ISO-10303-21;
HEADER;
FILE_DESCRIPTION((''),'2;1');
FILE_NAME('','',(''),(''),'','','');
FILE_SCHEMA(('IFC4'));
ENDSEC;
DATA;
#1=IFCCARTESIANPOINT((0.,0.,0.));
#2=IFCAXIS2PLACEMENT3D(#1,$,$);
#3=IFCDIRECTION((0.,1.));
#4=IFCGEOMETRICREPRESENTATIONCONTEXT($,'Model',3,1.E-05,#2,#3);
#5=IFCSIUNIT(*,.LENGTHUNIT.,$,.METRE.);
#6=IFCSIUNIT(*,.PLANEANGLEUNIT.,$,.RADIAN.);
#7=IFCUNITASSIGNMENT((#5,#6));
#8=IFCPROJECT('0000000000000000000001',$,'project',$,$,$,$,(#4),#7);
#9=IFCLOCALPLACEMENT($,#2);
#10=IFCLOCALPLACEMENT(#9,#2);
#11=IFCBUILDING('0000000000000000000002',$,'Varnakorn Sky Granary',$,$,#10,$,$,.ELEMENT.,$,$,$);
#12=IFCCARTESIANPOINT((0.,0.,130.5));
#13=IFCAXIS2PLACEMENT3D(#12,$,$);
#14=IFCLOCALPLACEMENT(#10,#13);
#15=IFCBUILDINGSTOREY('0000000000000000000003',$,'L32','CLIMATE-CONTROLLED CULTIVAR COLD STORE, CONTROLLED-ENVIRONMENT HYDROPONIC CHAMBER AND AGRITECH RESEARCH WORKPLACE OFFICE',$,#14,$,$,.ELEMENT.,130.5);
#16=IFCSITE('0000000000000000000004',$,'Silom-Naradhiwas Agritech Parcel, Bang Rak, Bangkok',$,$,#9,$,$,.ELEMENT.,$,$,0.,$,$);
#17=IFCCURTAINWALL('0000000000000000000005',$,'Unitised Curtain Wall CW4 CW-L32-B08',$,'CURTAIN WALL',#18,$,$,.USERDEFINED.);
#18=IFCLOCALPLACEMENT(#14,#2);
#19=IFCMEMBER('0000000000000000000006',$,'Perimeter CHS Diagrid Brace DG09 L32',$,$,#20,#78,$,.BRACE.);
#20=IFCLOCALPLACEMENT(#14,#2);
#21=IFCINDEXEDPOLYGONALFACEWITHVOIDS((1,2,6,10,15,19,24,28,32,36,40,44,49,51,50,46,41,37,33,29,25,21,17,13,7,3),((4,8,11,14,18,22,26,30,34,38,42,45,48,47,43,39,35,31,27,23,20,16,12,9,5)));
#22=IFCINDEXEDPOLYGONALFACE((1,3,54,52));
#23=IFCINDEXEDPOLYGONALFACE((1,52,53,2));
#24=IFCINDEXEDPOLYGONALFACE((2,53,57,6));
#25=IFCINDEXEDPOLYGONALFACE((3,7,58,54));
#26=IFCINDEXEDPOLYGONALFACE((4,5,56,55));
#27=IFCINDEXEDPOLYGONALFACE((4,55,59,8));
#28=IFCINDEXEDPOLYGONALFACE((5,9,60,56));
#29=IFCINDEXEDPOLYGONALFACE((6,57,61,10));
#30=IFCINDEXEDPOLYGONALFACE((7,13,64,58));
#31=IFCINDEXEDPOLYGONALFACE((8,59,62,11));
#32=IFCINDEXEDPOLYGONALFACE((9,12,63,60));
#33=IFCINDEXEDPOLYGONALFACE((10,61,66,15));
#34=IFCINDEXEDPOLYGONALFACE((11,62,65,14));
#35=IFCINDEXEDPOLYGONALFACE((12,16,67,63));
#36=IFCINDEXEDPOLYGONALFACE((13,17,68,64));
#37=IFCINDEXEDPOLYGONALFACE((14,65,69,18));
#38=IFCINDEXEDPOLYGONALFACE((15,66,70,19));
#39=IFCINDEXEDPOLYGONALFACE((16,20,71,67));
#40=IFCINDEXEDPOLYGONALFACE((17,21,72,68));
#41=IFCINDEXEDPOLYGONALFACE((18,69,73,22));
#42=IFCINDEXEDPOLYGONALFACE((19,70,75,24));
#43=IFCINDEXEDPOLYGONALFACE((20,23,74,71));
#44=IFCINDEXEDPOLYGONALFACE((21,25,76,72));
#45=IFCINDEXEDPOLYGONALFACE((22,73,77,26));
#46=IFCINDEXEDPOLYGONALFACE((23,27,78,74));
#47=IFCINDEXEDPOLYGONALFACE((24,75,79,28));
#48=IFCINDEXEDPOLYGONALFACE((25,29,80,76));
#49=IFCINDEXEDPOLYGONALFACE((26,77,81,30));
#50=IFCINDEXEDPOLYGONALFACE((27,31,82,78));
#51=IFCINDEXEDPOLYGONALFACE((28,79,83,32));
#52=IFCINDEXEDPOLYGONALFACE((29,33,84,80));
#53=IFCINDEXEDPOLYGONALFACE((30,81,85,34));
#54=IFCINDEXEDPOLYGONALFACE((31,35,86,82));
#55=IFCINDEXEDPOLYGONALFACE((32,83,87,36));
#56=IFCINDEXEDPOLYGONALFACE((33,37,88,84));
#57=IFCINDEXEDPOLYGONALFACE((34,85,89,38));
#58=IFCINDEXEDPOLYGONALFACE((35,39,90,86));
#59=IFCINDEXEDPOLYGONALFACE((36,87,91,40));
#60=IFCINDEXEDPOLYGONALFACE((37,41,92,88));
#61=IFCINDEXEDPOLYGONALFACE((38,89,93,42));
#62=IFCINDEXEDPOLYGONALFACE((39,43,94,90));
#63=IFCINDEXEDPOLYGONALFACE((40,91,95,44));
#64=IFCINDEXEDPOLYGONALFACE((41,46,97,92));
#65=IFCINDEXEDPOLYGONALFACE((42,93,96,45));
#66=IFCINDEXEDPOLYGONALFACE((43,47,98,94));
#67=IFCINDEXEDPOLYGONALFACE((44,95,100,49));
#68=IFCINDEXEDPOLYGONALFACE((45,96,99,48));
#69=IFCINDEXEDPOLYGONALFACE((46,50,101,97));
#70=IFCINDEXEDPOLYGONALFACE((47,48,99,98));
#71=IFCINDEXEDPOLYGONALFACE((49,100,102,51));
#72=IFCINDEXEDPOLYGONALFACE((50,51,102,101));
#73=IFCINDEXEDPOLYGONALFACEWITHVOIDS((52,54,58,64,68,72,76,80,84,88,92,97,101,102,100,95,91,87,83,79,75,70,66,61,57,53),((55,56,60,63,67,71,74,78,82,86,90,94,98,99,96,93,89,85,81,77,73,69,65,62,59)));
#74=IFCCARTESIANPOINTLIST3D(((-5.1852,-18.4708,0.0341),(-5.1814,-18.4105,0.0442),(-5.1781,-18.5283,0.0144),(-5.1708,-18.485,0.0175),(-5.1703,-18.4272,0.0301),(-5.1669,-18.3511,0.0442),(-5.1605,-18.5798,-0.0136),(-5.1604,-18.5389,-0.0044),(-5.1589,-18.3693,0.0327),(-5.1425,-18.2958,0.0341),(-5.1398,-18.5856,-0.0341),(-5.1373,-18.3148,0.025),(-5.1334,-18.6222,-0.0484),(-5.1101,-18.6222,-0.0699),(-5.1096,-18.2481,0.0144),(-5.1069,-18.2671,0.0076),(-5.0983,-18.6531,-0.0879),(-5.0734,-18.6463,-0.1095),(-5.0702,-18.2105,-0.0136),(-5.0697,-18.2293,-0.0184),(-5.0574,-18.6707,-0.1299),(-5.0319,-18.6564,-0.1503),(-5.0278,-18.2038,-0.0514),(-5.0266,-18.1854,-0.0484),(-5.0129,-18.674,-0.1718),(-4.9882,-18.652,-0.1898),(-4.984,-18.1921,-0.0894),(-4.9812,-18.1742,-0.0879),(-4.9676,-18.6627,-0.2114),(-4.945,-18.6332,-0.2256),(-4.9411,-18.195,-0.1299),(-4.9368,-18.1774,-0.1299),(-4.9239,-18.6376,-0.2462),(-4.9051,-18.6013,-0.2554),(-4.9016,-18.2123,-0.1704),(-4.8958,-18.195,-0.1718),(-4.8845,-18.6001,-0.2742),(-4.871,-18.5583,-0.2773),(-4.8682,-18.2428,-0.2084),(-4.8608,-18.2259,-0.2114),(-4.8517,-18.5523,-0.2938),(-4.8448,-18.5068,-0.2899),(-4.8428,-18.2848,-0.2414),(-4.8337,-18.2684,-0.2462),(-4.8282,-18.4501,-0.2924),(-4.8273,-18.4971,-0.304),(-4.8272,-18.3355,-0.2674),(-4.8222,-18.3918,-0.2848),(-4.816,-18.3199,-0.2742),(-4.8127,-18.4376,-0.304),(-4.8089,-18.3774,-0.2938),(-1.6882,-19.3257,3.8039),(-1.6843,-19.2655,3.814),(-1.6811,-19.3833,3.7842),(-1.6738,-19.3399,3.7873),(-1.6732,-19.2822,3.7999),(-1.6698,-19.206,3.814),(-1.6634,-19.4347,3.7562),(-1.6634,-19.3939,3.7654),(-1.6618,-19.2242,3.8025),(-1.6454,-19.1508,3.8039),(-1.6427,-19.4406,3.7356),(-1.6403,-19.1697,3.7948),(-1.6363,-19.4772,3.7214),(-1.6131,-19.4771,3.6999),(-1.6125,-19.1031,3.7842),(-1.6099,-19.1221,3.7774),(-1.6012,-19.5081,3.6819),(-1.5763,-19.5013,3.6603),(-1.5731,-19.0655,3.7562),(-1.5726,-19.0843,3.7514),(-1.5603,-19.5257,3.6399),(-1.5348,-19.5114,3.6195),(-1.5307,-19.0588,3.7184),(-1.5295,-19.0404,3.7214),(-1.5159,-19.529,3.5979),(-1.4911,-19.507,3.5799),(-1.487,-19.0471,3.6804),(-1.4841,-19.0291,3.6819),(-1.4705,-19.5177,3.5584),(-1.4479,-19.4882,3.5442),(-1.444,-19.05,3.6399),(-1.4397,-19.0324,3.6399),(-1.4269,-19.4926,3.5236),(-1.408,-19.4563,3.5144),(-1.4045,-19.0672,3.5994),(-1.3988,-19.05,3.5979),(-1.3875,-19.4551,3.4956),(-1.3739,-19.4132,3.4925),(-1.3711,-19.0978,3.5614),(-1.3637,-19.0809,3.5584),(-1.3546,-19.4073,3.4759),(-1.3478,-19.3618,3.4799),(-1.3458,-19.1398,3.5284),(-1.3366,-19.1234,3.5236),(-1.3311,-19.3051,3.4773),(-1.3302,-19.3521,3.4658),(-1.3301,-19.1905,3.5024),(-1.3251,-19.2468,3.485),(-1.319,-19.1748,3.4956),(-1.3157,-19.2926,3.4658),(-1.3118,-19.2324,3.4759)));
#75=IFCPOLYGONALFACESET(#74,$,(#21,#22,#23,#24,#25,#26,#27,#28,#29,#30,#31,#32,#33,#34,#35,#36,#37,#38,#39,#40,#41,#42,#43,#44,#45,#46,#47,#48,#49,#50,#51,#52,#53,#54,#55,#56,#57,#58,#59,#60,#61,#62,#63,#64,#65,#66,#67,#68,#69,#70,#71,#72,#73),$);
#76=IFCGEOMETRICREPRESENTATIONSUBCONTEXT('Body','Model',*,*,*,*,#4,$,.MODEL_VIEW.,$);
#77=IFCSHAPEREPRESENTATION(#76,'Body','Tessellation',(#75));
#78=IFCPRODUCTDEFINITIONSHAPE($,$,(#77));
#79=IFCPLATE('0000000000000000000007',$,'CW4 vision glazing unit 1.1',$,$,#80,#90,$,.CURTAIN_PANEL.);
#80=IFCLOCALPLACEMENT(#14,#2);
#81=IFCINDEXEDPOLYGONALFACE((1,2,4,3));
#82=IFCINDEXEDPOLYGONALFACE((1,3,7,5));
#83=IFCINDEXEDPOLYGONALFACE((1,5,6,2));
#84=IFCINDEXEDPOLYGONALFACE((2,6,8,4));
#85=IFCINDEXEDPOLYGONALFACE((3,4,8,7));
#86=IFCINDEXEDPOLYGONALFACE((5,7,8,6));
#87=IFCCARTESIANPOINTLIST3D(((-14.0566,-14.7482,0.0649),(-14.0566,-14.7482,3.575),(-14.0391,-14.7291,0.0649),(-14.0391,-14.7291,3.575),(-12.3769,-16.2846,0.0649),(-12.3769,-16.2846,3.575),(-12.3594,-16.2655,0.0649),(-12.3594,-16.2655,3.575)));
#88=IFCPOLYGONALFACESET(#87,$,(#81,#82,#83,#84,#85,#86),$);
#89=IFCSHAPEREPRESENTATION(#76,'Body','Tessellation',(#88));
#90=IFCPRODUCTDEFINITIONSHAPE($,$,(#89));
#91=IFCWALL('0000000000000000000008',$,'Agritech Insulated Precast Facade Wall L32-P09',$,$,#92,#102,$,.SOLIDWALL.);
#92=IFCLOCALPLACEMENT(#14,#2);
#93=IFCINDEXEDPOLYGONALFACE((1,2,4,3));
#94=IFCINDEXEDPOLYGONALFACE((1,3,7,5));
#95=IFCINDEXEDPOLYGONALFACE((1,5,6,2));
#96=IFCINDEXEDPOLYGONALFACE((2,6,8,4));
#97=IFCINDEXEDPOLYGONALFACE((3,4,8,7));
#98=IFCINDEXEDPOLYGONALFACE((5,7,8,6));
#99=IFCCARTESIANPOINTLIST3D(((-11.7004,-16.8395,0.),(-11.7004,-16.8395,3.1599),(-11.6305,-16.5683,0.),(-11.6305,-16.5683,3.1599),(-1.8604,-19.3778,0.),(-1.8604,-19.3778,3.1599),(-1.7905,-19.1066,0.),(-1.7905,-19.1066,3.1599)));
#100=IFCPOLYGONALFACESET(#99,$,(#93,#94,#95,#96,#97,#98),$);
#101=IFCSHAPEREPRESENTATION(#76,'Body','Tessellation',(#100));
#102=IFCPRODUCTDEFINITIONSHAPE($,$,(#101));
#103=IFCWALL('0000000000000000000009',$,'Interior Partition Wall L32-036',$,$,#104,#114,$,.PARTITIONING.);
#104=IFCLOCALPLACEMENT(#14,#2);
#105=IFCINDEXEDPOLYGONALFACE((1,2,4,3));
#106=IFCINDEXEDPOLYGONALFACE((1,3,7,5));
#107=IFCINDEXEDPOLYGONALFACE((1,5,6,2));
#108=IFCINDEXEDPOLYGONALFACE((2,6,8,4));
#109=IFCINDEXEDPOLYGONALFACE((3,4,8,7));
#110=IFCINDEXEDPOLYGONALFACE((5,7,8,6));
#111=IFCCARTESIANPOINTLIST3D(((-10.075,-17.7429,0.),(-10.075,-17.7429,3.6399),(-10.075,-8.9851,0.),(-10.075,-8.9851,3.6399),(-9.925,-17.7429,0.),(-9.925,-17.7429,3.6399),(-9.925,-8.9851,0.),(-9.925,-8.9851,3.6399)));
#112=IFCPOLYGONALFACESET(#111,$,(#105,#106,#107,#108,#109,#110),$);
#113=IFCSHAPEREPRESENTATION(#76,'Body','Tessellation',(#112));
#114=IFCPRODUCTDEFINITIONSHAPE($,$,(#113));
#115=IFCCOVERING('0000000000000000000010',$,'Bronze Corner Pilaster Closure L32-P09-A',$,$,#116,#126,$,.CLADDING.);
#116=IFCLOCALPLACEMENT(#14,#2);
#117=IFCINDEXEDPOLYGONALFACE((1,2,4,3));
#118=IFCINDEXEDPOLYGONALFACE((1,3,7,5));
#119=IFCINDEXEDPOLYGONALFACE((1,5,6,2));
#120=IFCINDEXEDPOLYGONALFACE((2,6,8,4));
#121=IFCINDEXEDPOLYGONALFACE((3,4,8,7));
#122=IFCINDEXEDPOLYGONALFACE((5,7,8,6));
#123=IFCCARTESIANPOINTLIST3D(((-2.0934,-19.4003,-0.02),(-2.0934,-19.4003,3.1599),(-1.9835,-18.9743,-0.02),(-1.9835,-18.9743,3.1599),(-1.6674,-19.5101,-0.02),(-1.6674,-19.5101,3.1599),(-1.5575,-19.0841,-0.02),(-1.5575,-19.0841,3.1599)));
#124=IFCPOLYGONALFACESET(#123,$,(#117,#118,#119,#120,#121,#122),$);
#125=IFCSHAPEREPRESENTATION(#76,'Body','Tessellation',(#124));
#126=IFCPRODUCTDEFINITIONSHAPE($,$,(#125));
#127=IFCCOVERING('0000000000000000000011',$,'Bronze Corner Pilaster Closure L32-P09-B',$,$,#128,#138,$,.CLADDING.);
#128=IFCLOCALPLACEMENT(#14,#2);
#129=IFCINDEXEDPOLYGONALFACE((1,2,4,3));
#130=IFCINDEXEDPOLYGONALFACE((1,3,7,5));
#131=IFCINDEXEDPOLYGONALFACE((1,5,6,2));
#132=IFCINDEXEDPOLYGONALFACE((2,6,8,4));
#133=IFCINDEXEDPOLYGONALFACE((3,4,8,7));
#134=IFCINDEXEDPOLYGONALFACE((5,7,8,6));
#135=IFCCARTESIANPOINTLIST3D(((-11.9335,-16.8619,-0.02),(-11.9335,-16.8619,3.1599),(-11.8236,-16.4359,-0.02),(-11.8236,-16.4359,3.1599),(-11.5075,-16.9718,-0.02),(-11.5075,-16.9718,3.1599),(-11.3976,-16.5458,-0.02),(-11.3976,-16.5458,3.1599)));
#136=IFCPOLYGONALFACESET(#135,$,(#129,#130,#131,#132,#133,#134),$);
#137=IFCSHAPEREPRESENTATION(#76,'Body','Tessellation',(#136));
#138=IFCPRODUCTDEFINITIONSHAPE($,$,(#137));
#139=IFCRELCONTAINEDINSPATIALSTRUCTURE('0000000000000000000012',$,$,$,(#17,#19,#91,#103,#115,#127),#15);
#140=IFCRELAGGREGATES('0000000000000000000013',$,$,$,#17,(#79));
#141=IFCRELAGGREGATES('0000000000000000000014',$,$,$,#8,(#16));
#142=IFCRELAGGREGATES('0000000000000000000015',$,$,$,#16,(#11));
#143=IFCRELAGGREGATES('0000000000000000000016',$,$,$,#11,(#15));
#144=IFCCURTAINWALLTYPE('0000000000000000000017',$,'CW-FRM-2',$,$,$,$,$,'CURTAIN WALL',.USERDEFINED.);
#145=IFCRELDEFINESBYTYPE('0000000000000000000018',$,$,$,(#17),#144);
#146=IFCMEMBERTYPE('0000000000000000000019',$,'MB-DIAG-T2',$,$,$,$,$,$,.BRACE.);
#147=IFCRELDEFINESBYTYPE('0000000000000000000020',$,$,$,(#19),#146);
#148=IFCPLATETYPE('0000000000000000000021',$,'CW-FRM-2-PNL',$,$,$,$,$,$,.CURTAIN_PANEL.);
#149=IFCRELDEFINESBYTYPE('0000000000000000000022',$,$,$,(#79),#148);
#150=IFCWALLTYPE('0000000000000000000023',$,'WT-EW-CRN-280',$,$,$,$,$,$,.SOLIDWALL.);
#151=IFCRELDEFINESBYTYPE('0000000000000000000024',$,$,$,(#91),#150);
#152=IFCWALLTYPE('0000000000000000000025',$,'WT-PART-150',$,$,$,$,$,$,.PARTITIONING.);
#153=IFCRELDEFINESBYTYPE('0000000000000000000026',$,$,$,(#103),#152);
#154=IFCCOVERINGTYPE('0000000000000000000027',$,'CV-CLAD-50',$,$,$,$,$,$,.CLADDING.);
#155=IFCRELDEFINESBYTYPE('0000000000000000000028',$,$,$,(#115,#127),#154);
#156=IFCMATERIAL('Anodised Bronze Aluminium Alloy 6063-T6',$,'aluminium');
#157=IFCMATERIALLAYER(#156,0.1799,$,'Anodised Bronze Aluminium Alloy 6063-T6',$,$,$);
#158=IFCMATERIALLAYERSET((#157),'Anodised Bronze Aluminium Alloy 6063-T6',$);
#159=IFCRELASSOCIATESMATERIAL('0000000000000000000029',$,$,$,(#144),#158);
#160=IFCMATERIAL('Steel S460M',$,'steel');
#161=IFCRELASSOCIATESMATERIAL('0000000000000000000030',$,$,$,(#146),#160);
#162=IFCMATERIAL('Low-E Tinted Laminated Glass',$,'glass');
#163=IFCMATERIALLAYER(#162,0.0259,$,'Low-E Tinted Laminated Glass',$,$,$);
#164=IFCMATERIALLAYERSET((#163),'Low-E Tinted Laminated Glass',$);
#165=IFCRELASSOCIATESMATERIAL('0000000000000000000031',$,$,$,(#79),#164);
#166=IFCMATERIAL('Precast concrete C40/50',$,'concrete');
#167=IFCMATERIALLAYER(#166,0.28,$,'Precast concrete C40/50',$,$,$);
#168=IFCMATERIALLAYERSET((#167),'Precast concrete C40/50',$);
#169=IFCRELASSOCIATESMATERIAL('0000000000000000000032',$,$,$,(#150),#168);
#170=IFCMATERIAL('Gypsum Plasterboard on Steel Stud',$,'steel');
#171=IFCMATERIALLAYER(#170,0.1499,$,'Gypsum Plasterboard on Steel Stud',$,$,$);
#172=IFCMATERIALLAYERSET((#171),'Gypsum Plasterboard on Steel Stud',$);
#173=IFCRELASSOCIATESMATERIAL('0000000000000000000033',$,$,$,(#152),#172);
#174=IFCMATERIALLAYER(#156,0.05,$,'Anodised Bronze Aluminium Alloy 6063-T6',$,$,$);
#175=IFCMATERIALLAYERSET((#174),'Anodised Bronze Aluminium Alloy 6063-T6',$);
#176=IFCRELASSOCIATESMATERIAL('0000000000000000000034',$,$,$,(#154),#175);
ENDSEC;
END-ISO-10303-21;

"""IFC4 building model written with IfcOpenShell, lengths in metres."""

from ifc_helpers import new_model, si_unit, direction, frame, frame_2d, origin, origin_2d, place, context, subcontext, project, spatial, rectangle, hollow_circle, extrude, source, transform, mapped, material, layer, layer_set, material_profile, profile_set, type_object, type_shapes, element, aggregate, save


model = new_model("IFC4")

# Units and contexts
model_context = context("Model", 3, precision=1e-05, world=origin(), true_north=direction((0.0, 1.0)))
body_context = subcontext(model_context, "Body", "Model", "MODEL_VIEW")
ifc_project = project(units=[si_unit("LENGTHUNIT", "METRE"), si_unit("PLANEANGLEUNIT", "RADIAN")], contexts=[model_context])

# Site, building, storey
site_placement = place(None, origin())
site = spatial("IfcSite", under=ifc_project, at=site_placement, Name="Silom-Naradhiwas Agritech Parcel, Bang Rak, Bangkok", CompositionType="ELEMENT", RefElevation=0.0)
building_placement = place(site_placement, origin())
building = spatial("IfcBuilding", under=site, at=building_placement, Name="Varnakorn Sky Granary", CompositionType="ELEMENT")
storey_placement = place(building_placement, frame((0.0, 0.0, 130.5)))
storey = spatial("IfcBuildingStorey", under=building, at=storey_placement, Name="L32", Description="CLIMATE-CONTROLLED CULTIVAR COLD STORE, CONTROLLED-ENVIRONMENT HYDROPONIC CHAMBER AND AGRITECH RESEARCH WORKPLACE OFFICE", CompositionType="ELEMENT", Elevation=130.5)

# Shared definitions
ifc_material_1 = material(Name="Steel S460M", Category="steel")

# Curtain wall
ifc_material_2 = material(Name="Anodised Bronze Aluminium Alloy 6063-T6", Category="aluminium")
ifc_layer_1 = layer(ifc_material_2, 0.1799, Name="Anodised Bronze Aluminium Alloy 6063-T6")
ifc_layer_set_1 = layer_set([ifc_layer_1], Name="Anodised Bronze Aluminium Alloy 6063-T6")
curtain_wall_type = type_object("IfcCurtainWallType", Name="CW-FRM-2", ElementType="CURTAIN WALL", PredefinedType="USERDEFINED", material=ifc_layer_set_1)
curtain_wall_1_placement = place(storey_placement, origin())
curtain_wall_1 = element("IfcCurtainWall", 1, at=curtain_wall_1_placement, inside=storey, type_object=curtain_wall_type, Name="Unitised Curtain Wall CW4 CW-L32-B08", ObjectType="CURTAIN WALL", PredefinedType="USERDEFINED")

# Member
ifc_material_profile_1 = material_profile(ifc_material_1, hollow_circle(Radius=0.2539, WallThickness=0.0181, at=origin_2d()), Name="CHS 508x18")
ifc_profile_set_1 = profile_set([ifc_material_profile_1], Name="Steel S460M")
member_type_1 = type_object("IfcMemberType", Name="MB-DIAG-T2", PredefinedType="BRACE", material=ifc_profile_set_1)
member_1_placement = place(storey_placement, frame((-4.9971, -18.4241, -0.1299), z_axis=(0.670882, -0.16402, 0.723198), x_axis=(0.23749, 0.97139, 0.0)))
element("IfcMember", 2, at=member_1_placement, inside=storey, type_object=member_type_1, Name="Perimeter CHS Diagrid Brace DG09 L32", PredefinedType="BRACE", context=body_context, shape_type="SweptSolid", body=[
    extrude(hollow_circle(Radius=0.2539, WallThickness=0.0181, at=origin_2d()), origin(), (0.0, 0.0, 1.0), 5.2126),
])

# Plate
ifc_material_3 = material(Name="Low-E Tinted Laminated Glass", Category="glass")
ifc_layer_2 = layer(ifc_material_3, 0.0259, Name="Low-E Tinted Laminated Glass")
ifc_layer_set_2 = layer_set([ifc_layer_2], Name="Low-E Tinted Laminated Glass")
plate_type = type_object("IfcPlateType", Name="CW-FRM-2-PNL", PredefinedType="CURTAIN_PANEL")
shared_shape_1 = source(origin(), body_context, "Body", "SweptSolid", [
    extrude(rectangle(XDim=2.2764, YDim=0.0259, at=origin_2d()), origin(), (0.0, 0.0, 1.0), 3.51),
])
type_shapes(plate_type, [shared_shape_1])
plate_placement = place(storey_placement, frame((-13.208, -15.5068, 0.0649), z_axis=(0.0, 0.0, 1.0), x_axis=(-0.737893, 0.674918, 0.0)))
plate = element("IfcPlate", 3, at=plate_placement, type_object=plate_type, material=ifc_layer_set_2, Name="CW4 vision glazing unit 1.1", PredefinedType="CURTAIN_PANEL", context=body_context, shape_type="MappedRepresentation", body=[
    mapped(shared_shape_1, transform((0.0, 0.0, 0.0), x_axis=(1.0, 0.0, 0.0), y_axis=(0.0, 1.0, 0.0), z_axis=(0.0, 0.0, 1.0), scale=1.0)),
])
aggregate(curtain_wall_1, [plate])

# Walls
ifc_material_4 = material(Name="Precast concrete C40/50", Category="concrete")
ifc_layer_3 = layer(ifc_material_4, 0.28, Name="Precast concrete C40/50")
ifc_layer_set_3 = layer_set([ifc_layer_3], Name="Precast concrete C40/50")
wall_type_1 = type_object("IfcWallType", Name="WT-EW-CRN-280", PredefinedType="SOLIDWALL", material=ifc_layer_set_3)
wall_1_placement = place(storey_placement, frame((-1.8254, -19.2422, 0.0), z_axis=(0.0, 0.0, 1.0), x_axis=(-0.968302, 0.249781, 0.0)))
element("IfcWall", 4, at=wall_1_placement, inside=storey, type_object=wall_type_1, Name="Agritech Insulated Precast Facade Wall L32-P09", PredefinedType="SOLIDWALL", context=body_context, shape_type="SweptSolid", body=[
    extrude(rectangle(XDim=10.1621, YDim=0.28, at=frame_2d((5.0811, 0.0))), origin(), (0.0, 0.0, 1.0), 3.1599),
])
ifc_material_5 = material(Name="Gypsum Plasterboard on Steel Stud", Category="steel")
ifc_layer_4 = layer(ifc_material_5, 0.1499, Name="Gypsum Plasterboard on Steel Stud")
ifc_layer_set_4 = layer_set([ifc_layer_4], Name="Gypsum Plasterboard on Steel Stud")
wall_type_2 = type_object("IfcWallType", Name="WT-PART-150", PredefinedType="PARTITIONING", material=ifc_layer_set_4)
wall_2_placement = place(storey_placement, frame((-10.0, -8.9851, 0.0), z_axis=(0.0, 0.0, 1.0), x_axis=(0.0, -1.0, 0.0)))
element("IfcWall", 5, at=wall_2_placement, inside=storey, type_object=wall_type_2, Name="Interior Partition Wall L32-036", PredefinedType="PARTITIONING", context=body_context, shape_type="SweptSolid", body=[
    extrude(rectangle(XDim=8.7578, YDim=0.1499, at=frame_2d((4.3789, 0.0))), origin(), (0.0, 0.0, 1.0), 3.6399),
])

# Coverings
ifc_layer_5 = layer(ifc_material_2, 0.05, Name="Anodised Bronze Aluminium Alloy 6063-T6")
ifc_layer_set_5 = layer_set([ifc_layer_5], Name="Anodised Bronze Aluminium Alloy 6063-T6")
covering_type = type_object("IfcCoveringType", Name="CV-CLAD-50", PredefinedType="CLADDING", material=ifc_layer_set_5)
shared_shape_2 = source(origin(), body_context, "Body", "SweptSolid", [
    extrude(rectangle(XDim=0.4399, YDim=0.4399, at=origin_2d()), origin(), (0.0, 0.0, 1.0), 3.1799),
])
type_shapes(covering_type, [shared_shape_2])
for number, where, z_axis, x_axis, name in (
    (6, (-1.8254, -19.2422, -0.02), (0.0, 0.0, 1.0), (-0.968322, 0.249704, 0.0), "Bronze Corner Pilaster Closure L32-P09-A"),
    (7, (-11.6655, -16.7039, -0.02), (0.0, 0.0, 1.0), (-0.968322, 0.249704, 0.0), "Bronze Corner Pilaster Closure L32-P09-B"),
):
    element("IfcCovering", number, at=place(storey_placement, frame(where, z_axis=z_axis, x_axis=x_axis)), inside=storey, type_object=covering_type, Name=name, PredefinedType="CLADDING", context=body_context, shape_type="MappedRepresentation", body=[
        mapped(shared_shape_2, transform((0.0, 0.0, 0.0), x_axis=(1.0, 0.0, 0.0), y_axis=(0.0, 1.0, 0.0), z_axis=(0.0, 0.0, 1.0), scale=1.0)),
    ])

save(model, "model.ifc")
